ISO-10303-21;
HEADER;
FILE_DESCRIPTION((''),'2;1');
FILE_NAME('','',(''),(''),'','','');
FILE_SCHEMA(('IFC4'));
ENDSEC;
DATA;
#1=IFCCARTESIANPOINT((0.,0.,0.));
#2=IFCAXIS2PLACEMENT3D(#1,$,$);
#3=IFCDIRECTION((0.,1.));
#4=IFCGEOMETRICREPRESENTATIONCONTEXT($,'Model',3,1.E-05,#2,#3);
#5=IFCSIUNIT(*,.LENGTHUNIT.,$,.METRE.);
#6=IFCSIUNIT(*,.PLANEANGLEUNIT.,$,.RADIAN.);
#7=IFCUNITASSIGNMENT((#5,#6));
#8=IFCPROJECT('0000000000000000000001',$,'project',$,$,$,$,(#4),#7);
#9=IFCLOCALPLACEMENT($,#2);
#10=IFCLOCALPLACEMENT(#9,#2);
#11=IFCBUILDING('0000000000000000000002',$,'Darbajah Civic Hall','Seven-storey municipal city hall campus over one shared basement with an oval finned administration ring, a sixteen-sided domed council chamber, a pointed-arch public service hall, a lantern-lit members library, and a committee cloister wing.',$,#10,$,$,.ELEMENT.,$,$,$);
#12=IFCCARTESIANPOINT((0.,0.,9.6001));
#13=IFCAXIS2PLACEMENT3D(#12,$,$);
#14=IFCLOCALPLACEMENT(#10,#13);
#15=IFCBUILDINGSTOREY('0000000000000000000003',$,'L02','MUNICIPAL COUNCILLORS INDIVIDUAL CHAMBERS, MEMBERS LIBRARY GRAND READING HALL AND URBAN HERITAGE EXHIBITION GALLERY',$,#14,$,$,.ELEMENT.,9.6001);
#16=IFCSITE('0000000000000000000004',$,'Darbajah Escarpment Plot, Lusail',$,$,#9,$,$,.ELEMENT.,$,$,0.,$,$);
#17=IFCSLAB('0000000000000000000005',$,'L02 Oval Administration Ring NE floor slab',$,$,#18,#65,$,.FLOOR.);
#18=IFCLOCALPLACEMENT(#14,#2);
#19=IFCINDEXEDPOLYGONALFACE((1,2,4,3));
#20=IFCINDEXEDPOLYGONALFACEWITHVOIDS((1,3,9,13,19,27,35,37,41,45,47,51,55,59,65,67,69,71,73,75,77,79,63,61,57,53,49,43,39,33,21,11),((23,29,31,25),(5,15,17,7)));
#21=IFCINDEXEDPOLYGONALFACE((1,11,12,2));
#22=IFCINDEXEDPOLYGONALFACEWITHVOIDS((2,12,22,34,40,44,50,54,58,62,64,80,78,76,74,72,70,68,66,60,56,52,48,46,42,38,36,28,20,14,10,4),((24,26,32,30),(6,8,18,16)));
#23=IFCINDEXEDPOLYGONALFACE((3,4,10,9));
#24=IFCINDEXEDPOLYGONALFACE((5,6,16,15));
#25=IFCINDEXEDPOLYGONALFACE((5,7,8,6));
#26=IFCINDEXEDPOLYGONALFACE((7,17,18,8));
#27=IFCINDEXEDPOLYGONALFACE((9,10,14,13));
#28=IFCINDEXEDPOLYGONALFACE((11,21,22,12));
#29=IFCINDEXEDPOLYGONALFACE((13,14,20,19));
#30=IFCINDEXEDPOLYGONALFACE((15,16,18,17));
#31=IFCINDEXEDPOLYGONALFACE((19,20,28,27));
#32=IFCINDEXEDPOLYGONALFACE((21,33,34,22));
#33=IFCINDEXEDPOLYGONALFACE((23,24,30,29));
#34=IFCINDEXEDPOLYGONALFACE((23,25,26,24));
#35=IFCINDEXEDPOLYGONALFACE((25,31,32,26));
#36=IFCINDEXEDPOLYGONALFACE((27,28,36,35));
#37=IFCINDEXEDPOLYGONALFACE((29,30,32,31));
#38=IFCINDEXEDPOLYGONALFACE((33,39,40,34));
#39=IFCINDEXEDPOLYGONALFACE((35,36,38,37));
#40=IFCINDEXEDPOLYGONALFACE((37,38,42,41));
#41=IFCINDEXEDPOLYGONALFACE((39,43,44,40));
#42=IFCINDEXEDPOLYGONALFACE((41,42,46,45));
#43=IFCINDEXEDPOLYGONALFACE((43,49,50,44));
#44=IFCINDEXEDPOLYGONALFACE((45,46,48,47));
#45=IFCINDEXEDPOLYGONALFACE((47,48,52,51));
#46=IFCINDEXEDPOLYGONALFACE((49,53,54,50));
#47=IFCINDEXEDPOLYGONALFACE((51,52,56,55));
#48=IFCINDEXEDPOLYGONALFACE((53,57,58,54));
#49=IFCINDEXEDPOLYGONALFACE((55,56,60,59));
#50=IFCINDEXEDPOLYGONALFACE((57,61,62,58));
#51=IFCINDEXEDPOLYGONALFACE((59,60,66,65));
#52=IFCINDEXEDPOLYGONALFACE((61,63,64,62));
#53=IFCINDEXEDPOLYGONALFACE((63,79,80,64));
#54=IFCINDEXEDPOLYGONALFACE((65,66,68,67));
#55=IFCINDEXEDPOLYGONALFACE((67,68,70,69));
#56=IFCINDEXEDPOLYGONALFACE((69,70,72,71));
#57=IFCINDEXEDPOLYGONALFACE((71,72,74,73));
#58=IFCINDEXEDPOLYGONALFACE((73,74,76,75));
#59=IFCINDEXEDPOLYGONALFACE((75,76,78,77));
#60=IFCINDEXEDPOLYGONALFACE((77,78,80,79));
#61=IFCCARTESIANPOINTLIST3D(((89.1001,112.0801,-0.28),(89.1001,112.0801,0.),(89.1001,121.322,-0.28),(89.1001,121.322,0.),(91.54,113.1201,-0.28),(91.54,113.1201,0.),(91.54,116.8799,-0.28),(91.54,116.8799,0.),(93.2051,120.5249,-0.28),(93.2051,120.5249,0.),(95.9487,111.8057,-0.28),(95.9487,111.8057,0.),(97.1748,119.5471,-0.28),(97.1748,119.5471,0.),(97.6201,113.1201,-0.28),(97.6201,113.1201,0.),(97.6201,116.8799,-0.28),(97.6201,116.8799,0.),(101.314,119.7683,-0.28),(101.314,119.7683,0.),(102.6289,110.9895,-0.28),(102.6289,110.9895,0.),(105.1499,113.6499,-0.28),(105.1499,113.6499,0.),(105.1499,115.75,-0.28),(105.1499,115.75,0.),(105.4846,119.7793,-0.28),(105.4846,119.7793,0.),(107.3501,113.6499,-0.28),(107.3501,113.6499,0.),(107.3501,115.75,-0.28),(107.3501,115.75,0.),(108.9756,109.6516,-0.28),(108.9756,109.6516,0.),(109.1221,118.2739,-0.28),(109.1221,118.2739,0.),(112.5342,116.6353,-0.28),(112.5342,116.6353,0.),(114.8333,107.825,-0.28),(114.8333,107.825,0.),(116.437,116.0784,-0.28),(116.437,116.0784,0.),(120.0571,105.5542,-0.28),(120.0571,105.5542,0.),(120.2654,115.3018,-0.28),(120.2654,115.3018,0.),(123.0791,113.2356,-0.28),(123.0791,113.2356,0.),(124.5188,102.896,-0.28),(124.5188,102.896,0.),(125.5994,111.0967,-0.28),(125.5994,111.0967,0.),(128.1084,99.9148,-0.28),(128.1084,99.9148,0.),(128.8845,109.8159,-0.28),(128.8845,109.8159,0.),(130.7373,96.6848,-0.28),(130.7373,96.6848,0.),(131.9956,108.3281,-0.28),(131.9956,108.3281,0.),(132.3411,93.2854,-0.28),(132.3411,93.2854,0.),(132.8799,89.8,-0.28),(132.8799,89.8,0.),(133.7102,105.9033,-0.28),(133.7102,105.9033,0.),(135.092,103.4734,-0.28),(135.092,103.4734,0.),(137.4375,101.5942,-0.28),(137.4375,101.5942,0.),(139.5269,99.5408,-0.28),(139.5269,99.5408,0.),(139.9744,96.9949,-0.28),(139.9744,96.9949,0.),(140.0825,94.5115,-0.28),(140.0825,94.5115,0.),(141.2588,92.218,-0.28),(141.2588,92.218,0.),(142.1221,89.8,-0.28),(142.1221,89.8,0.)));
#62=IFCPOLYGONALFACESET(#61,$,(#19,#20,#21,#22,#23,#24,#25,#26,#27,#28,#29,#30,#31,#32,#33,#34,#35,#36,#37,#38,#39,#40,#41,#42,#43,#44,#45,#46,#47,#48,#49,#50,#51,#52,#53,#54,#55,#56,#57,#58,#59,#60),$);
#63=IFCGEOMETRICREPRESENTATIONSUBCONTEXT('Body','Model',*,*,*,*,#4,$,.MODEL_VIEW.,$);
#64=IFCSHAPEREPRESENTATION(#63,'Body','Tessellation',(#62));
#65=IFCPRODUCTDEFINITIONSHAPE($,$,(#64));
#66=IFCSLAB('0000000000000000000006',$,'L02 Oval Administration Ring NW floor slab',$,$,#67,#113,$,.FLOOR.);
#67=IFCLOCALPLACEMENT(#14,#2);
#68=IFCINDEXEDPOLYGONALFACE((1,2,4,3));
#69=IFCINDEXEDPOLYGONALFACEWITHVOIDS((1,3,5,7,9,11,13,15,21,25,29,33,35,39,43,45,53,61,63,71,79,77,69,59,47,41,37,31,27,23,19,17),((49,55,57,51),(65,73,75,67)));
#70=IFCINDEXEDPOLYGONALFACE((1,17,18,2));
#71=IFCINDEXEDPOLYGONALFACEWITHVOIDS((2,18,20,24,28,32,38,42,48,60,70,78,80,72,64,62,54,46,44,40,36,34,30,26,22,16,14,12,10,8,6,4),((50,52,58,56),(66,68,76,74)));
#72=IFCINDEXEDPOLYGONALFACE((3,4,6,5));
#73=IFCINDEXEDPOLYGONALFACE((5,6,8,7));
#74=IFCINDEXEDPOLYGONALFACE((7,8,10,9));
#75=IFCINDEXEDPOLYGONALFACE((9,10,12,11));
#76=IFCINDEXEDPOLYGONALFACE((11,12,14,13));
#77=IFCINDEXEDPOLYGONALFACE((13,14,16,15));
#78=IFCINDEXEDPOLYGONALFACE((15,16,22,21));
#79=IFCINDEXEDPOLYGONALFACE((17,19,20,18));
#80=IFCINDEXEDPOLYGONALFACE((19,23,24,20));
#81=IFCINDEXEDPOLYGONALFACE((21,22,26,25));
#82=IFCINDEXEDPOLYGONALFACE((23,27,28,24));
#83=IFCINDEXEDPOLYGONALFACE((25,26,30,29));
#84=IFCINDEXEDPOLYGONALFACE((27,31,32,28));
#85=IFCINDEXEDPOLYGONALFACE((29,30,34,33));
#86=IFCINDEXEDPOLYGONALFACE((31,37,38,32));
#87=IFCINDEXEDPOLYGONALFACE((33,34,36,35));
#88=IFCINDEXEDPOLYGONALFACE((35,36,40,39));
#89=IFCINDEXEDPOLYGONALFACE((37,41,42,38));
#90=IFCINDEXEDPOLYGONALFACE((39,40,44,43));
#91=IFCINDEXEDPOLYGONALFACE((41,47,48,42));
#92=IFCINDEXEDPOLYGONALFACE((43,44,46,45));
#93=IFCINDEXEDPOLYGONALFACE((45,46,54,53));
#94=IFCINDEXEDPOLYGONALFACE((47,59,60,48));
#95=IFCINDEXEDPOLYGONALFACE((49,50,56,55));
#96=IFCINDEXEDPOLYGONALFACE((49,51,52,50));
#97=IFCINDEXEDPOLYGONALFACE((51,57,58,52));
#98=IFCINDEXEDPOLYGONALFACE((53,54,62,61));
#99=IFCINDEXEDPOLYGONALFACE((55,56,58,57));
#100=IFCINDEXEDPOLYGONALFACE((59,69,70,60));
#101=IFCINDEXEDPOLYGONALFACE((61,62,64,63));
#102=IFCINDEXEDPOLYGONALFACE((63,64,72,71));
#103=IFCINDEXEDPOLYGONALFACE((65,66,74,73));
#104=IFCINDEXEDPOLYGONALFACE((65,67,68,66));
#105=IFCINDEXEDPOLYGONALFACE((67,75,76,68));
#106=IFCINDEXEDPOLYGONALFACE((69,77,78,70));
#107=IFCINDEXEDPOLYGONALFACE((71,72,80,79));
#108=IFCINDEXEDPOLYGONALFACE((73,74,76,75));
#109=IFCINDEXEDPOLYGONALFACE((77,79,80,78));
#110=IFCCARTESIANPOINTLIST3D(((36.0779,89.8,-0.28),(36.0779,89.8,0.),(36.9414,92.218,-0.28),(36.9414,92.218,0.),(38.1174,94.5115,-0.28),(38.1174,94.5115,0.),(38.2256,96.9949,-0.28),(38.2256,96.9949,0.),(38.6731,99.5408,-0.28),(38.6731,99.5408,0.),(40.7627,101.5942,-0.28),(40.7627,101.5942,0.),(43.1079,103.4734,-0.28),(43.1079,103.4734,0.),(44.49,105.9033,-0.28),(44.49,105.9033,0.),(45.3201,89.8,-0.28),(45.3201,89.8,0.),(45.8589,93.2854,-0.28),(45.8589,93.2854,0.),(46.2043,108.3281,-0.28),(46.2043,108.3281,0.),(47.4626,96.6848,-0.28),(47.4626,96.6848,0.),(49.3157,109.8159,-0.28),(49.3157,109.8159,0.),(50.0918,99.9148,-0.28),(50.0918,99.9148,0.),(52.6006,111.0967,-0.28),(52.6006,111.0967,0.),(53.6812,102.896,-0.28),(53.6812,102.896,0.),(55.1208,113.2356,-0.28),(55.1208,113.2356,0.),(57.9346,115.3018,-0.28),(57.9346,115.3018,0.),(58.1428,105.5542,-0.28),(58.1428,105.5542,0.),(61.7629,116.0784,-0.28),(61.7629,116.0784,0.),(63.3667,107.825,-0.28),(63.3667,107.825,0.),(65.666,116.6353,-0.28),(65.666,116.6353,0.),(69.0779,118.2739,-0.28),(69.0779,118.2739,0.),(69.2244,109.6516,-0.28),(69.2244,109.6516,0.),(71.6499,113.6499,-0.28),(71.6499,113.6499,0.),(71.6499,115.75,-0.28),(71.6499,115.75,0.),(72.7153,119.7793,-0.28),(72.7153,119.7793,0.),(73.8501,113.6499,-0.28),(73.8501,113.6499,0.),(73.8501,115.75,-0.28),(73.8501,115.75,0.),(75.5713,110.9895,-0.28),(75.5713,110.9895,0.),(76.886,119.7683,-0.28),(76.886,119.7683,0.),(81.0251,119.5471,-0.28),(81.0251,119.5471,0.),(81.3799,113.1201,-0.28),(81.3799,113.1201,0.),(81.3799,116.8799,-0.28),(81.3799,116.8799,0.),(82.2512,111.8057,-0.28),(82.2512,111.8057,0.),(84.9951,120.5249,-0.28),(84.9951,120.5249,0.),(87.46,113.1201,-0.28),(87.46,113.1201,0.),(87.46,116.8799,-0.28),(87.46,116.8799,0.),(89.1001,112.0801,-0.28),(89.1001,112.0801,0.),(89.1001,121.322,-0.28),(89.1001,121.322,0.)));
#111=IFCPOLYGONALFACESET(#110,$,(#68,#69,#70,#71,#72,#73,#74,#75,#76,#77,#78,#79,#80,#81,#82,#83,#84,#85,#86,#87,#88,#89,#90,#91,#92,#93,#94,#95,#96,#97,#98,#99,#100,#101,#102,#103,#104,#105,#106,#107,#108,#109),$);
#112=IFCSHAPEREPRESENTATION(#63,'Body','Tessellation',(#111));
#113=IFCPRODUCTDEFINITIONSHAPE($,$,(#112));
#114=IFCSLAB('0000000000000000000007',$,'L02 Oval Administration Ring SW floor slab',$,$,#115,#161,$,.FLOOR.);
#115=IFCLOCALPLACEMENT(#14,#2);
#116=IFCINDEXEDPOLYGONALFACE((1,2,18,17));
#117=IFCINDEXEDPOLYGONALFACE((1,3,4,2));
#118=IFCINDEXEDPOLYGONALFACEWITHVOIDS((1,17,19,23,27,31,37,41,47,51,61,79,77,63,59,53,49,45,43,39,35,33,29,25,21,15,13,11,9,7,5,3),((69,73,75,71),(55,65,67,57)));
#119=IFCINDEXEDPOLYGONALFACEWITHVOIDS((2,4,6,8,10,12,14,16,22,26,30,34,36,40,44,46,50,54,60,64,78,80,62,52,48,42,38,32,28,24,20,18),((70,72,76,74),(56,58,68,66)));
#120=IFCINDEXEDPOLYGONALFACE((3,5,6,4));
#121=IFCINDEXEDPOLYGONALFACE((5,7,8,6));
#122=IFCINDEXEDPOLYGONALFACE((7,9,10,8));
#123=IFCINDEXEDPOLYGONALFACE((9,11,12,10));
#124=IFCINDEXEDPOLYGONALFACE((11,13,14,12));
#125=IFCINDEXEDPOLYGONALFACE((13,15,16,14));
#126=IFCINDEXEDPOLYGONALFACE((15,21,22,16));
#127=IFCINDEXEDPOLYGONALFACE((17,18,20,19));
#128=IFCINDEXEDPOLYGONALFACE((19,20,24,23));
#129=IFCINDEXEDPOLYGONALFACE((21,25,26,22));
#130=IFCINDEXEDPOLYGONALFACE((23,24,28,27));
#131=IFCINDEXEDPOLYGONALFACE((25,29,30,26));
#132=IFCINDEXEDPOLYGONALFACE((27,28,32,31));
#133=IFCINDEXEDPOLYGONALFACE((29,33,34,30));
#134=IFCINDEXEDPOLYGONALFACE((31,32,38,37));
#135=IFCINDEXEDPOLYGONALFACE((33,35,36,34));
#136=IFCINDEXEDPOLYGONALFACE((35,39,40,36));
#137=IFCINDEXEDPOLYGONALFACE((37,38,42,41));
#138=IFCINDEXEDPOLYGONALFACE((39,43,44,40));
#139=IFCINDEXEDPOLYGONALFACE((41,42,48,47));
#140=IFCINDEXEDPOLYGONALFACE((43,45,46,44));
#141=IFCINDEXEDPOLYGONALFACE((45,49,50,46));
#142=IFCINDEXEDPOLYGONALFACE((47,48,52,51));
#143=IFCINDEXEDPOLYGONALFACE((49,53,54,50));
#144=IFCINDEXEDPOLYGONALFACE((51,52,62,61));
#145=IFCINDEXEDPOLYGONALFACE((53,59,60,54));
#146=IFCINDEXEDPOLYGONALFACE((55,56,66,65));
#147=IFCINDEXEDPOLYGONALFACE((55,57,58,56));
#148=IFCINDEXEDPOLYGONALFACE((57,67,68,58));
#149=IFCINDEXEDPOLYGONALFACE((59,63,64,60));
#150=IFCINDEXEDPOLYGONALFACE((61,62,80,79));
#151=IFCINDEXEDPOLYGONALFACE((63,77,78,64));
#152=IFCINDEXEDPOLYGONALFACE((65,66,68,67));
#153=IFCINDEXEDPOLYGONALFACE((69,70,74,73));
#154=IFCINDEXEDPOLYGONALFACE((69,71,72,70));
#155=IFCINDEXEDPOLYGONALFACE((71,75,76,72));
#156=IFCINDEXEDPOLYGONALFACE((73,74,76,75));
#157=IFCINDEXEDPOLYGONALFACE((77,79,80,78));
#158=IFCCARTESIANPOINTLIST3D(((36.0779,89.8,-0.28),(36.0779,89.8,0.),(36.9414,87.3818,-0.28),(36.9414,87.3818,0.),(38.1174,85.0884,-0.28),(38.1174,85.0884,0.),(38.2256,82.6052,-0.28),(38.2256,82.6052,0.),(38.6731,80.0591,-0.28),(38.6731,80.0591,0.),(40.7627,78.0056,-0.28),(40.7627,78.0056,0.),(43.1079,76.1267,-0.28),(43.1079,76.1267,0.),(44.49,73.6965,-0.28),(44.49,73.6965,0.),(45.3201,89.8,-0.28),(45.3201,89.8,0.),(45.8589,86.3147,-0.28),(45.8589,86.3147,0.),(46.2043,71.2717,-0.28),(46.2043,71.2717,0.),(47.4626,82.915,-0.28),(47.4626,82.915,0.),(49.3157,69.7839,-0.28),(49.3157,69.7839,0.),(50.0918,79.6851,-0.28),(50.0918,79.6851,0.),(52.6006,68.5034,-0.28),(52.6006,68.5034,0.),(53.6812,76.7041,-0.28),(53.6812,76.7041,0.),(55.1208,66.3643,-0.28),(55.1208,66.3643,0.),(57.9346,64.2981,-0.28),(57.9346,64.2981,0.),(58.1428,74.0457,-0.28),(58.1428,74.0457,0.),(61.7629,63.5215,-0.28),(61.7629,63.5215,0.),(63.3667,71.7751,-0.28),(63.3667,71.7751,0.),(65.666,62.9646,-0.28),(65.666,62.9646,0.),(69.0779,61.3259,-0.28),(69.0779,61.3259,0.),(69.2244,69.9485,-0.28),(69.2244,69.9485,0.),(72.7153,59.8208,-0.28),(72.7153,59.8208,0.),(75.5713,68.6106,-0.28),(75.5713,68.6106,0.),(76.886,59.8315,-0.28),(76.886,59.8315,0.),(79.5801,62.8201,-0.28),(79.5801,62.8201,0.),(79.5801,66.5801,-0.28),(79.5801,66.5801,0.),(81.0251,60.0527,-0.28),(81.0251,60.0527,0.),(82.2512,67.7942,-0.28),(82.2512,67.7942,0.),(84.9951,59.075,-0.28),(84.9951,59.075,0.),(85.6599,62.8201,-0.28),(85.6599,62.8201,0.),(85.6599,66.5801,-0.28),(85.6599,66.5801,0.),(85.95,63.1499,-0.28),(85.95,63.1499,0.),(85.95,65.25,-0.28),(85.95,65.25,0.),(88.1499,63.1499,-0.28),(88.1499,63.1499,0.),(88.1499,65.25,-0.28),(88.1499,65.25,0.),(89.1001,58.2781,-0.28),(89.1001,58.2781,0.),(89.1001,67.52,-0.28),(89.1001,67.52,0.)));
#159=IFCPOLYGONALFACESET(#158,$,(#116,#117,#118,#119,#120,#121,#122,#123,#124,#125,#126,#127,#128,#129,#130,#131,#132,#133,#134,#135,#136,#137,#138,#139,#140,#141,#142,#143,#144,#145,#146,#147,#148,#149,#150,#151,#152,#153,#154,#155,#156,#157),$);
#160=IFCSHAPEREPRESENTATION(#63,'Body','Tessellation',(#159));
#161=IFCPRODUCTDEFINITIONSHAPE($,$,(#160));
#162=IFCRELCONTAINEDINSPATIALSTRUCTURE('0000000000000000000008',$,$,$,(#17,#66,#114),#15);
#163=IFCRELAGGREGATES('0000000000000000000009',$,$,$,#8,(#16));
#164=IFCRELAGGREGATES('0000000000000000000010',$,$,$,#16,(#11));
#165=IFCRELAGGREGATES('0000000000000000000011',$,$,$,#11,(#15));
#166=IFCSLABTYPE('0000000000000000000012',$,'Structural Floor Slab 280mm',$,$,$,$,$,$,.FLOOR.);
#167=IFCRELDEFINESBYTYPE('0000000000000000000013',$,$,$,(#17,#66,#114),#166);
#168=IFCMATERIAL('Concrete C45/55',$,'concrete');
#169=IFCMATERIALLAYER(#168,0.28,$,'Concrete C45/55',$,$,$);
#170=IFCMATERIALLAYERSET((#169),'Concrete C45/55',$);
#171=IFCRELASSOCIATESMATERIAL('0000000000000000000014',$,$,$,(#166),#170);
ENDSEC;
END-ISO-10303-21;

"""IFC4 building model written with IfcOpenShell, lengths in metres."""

from ifc_helpers import new_model, si_unit, direction, frame, origin, place, context, subcontext, project, spatial, polyline, outline, extrude, material, layer, layer_set, type_object, element, save


model = new_model("IFC4")

# Units and contexts
model_context = context("Model", 3, precision=1e-05, world=origin(), true_north=direction((0.0, 1.0)))
body_context = subcontext(model_context, "Body", "Model", "MODEL_VIEW")
ifc_project = project(units=[si_unit("LENGTHUNIT", "METRE"), si_unit("PLANEANGLEUNIT", "RADIAN")], contexts=[model_context])

# Site, building, storey
site_placement = place(None, origin())
site = spatial("IfcSite", under=ifc_project, at=site_placement, Name="Darbajah Escarpment Plot, Lusail", CompositionType="ELEMENT", RefElevation=0.0)
building_placement = place(site_placement, origin())
building = spatial("IfcBuilding", under=site, at=building_placement, Name="Darbajah Civic Hall", Description="Seven-storey municipal city hall campus over one shared basement with an oval finned administration ring, a sixteen-sided domed council chamber, a pointed-arch public service hall, a lantern-lit members library, and a committee cloister wing.", CompositionType="ELEMENT")
storey_placement = place(building_placement, frame((0.0, 0.0, 9.6001)))
storey = spatial("IfcBuildingStorey", under=building, at=storey_placement, Name="L02", Description="MUNICIPAL COUNCILLORS INDIVIDUAL CHAMBERS, MEMBERS LIBRARY GRAND READING HALL AND URBAN HERITAGE EXHIBITION GALLERY", CompositionType="ELEMENT", Elevation=9.6001)

# Shared definitions
ifc_material_1 = material(Name="Concrete C45/55", Category="concrete")

# Slabs
ifc_layer_1 = layer(ifc_material_1, 0.28, Name="Concrete C45/55")
ifc_layer_set_1 = layer_set([ifc_layer_1], Name="Concrete C45/55")
slab_type_1 = type_object("IfcSlabType", Name="Structural Floor Slab 280mm", PredefinedType="FLOOR", material=ifc_layer_set_1)
slab_1_placement = place(storey_placement, frame((0.0, 0.0, -0.28)))
element("IfcSlab", 1, at=slab_1_placement, inside=storey, type_object=slab_type_1, Name="L02 Oval Administration Ring NE floor slab", PredefinedType="FLOOR", context=body_context, shape_type="SweptSolid", body=[
    extrude(outline(polyline([(142.1221, 89.8), (141.2588, 92.218), (140.0825, 94.5115), (139.9744, 96.9949), (139.5269, 99.5408), (137.4375, 101.5942), (135.092, 103.4734), (133.7102, 105.9033), (131.9956, 108.3281), (128.8845, 109.8159), (125.5994, 111.0967), (123.0791, 113.2356), (120.2654, 115.3018), (116.437, 116.0784), (112.5342, 116.6353), (109.1221, 118.2739), (105.4846, 119.7793), (101.314, 119.7683), (97.1748, 119.5471), (93.2051, 120.5249), (89.1001, 121.322), (89.1001, 112.0801), (95.9487, 111.8057), (102.6289, 110.9895), (108.9756, 109.6516), (114.8333, 107.825), (120.0571, 105.5542), (124.5188, 102.896), (128.1084, 99.9148), (130.7373, 96.6848), (132.3411, 93.2854), (132.8799, 89.8), (142.1221, 89.8)]), holes=[polyline([(91.54, 116.8799), (97.6201, 116.8799), (97.6201, 113.1201), (91.54, 113.1201), (91.54, 116.8799)]), polyline([(105.1499, 115.75), (107.3501, 115.75), (107.3501, 113.6499), (105.1499, 113.6499), (105.1499, 115.75)])]), origin(), (0.0, 0.0, 1.0), 0.28),
])
slab_2_placement = place(storey_placement, frame((0.0, 0.0, -0.28)))
element("IfcSlab", 2, at=slab_2_placement, inside=storey, type_object=slab_type_1, Name="L02 Oval Administration Ring NW floor slab", PredefinedType="FLOOR", context=body_context, shape_type="SweptSolid", body=[
    extrude(outline(polyline([(89.1001, 121.322), (84.9951, 120.5249), (81.0251, 119.5471), (76.886, 119.7683), (72.7153, 119.7793), (69.0779, 118.2739), (65.666, 116.6353), (61.7629, 116.0784), (57.9346, 115.3018), (55.1208, 113.2356), (52.6006, 111.0967), (49.3157, 109.8159), (46.2043, 108.3281), (44.49, 105.9033), (43.1079, 103.4734), (40.7627, 101.5942), (38.6731, 99.5408), (38.2256, 96.9949), (38.1174, 94.5115), (36.9414, 92.218), (36.0779, 89.8), (45.3201, 89.8), (45.8589, 93.2854), (47.4626, 96.6848), (50.0918, 99.9148), (53.6812, 102.896), (58.1428, 105.5542), (63.3667, 107.825), (69.2244, 109.6516), (75.5713, 110.9895), (82.2512, 111.8057), (89.1001, 112.0801), (89.1001, 121.322)]), holes=[polyline([(81.3799, 116.8799), (87.46, 116.8799), (87.46, 113.1201), (81.3799, 113.1201), (81.3799, 116.8799)]), polyline([(71.6499, 115.75), (73.8501, 115.75), (73.8501, 113.6499), (71.6499, 113.6499), (71.6499, 115.75)])]), origin(), (0.0, 0.0, 1.0), 0.28),
])
slab_3_placement = place(storey_placement, frame((0.0, 0.0, -0.28)))
element("IfcSlab", 3, at=slab_3_placement, inside=storey, type_object=slab_type_1, Name="L02 Oval Administration Ring SW floor slab", PredefinedType="FLOOR", context=body_context, shape_type="SweptSolid", body=[
    extrude(outline(polyline([(36.0779, 89.8), (36.9414, 87.3818), (38.1174, 85.0884), (38.2256, 82.6052), (38.6731, 80.0591), (40.7627, 78.0056), (43.1079, 76.1267), (44.49, 73.6965), (46.2043, 71.2717), (49.3157, 69.7839), (52.6006, 68.5034), (55.1208, 66.3643), (57.9346, 64.2981), (61.7629, 63.5215), (65.666, 62.9646), (69.0779, 61.3259), (72.7153, 59.8208), (76.886, 59.8315), (81.0251, 60.0527), (84.9951, 59.075), (89.1001, 58.2781), (89.1001, 67.52), (82.2512, 67.7942), (75.5713, 68.6106), (69.2244, 69.9485), (63.3667, 71.7751), (58.1428, 74.0457), (53.6812, 76.7041), (50.0918, 79.6851), (47.4626, 82.915), (45.8589, 86.3147), (45.3201, 89.8), (36.0779, 89.8)]), holes=[polyline([(79.5801, 66.5801), (85.6599, 66.5801), (85.6599, 62.8201), (79.5801, 62.8201), (79.5801, 66.5801)]), polyline([(85.95, 65.25), (88.1499, 65.25), (88.1499, 63.1499), (85.95, 63.1499), (85.95, 65.25)])]), origin(), (0.0, 0.0, 1.0), 0.28),
])

save(model, "model.ifc")
